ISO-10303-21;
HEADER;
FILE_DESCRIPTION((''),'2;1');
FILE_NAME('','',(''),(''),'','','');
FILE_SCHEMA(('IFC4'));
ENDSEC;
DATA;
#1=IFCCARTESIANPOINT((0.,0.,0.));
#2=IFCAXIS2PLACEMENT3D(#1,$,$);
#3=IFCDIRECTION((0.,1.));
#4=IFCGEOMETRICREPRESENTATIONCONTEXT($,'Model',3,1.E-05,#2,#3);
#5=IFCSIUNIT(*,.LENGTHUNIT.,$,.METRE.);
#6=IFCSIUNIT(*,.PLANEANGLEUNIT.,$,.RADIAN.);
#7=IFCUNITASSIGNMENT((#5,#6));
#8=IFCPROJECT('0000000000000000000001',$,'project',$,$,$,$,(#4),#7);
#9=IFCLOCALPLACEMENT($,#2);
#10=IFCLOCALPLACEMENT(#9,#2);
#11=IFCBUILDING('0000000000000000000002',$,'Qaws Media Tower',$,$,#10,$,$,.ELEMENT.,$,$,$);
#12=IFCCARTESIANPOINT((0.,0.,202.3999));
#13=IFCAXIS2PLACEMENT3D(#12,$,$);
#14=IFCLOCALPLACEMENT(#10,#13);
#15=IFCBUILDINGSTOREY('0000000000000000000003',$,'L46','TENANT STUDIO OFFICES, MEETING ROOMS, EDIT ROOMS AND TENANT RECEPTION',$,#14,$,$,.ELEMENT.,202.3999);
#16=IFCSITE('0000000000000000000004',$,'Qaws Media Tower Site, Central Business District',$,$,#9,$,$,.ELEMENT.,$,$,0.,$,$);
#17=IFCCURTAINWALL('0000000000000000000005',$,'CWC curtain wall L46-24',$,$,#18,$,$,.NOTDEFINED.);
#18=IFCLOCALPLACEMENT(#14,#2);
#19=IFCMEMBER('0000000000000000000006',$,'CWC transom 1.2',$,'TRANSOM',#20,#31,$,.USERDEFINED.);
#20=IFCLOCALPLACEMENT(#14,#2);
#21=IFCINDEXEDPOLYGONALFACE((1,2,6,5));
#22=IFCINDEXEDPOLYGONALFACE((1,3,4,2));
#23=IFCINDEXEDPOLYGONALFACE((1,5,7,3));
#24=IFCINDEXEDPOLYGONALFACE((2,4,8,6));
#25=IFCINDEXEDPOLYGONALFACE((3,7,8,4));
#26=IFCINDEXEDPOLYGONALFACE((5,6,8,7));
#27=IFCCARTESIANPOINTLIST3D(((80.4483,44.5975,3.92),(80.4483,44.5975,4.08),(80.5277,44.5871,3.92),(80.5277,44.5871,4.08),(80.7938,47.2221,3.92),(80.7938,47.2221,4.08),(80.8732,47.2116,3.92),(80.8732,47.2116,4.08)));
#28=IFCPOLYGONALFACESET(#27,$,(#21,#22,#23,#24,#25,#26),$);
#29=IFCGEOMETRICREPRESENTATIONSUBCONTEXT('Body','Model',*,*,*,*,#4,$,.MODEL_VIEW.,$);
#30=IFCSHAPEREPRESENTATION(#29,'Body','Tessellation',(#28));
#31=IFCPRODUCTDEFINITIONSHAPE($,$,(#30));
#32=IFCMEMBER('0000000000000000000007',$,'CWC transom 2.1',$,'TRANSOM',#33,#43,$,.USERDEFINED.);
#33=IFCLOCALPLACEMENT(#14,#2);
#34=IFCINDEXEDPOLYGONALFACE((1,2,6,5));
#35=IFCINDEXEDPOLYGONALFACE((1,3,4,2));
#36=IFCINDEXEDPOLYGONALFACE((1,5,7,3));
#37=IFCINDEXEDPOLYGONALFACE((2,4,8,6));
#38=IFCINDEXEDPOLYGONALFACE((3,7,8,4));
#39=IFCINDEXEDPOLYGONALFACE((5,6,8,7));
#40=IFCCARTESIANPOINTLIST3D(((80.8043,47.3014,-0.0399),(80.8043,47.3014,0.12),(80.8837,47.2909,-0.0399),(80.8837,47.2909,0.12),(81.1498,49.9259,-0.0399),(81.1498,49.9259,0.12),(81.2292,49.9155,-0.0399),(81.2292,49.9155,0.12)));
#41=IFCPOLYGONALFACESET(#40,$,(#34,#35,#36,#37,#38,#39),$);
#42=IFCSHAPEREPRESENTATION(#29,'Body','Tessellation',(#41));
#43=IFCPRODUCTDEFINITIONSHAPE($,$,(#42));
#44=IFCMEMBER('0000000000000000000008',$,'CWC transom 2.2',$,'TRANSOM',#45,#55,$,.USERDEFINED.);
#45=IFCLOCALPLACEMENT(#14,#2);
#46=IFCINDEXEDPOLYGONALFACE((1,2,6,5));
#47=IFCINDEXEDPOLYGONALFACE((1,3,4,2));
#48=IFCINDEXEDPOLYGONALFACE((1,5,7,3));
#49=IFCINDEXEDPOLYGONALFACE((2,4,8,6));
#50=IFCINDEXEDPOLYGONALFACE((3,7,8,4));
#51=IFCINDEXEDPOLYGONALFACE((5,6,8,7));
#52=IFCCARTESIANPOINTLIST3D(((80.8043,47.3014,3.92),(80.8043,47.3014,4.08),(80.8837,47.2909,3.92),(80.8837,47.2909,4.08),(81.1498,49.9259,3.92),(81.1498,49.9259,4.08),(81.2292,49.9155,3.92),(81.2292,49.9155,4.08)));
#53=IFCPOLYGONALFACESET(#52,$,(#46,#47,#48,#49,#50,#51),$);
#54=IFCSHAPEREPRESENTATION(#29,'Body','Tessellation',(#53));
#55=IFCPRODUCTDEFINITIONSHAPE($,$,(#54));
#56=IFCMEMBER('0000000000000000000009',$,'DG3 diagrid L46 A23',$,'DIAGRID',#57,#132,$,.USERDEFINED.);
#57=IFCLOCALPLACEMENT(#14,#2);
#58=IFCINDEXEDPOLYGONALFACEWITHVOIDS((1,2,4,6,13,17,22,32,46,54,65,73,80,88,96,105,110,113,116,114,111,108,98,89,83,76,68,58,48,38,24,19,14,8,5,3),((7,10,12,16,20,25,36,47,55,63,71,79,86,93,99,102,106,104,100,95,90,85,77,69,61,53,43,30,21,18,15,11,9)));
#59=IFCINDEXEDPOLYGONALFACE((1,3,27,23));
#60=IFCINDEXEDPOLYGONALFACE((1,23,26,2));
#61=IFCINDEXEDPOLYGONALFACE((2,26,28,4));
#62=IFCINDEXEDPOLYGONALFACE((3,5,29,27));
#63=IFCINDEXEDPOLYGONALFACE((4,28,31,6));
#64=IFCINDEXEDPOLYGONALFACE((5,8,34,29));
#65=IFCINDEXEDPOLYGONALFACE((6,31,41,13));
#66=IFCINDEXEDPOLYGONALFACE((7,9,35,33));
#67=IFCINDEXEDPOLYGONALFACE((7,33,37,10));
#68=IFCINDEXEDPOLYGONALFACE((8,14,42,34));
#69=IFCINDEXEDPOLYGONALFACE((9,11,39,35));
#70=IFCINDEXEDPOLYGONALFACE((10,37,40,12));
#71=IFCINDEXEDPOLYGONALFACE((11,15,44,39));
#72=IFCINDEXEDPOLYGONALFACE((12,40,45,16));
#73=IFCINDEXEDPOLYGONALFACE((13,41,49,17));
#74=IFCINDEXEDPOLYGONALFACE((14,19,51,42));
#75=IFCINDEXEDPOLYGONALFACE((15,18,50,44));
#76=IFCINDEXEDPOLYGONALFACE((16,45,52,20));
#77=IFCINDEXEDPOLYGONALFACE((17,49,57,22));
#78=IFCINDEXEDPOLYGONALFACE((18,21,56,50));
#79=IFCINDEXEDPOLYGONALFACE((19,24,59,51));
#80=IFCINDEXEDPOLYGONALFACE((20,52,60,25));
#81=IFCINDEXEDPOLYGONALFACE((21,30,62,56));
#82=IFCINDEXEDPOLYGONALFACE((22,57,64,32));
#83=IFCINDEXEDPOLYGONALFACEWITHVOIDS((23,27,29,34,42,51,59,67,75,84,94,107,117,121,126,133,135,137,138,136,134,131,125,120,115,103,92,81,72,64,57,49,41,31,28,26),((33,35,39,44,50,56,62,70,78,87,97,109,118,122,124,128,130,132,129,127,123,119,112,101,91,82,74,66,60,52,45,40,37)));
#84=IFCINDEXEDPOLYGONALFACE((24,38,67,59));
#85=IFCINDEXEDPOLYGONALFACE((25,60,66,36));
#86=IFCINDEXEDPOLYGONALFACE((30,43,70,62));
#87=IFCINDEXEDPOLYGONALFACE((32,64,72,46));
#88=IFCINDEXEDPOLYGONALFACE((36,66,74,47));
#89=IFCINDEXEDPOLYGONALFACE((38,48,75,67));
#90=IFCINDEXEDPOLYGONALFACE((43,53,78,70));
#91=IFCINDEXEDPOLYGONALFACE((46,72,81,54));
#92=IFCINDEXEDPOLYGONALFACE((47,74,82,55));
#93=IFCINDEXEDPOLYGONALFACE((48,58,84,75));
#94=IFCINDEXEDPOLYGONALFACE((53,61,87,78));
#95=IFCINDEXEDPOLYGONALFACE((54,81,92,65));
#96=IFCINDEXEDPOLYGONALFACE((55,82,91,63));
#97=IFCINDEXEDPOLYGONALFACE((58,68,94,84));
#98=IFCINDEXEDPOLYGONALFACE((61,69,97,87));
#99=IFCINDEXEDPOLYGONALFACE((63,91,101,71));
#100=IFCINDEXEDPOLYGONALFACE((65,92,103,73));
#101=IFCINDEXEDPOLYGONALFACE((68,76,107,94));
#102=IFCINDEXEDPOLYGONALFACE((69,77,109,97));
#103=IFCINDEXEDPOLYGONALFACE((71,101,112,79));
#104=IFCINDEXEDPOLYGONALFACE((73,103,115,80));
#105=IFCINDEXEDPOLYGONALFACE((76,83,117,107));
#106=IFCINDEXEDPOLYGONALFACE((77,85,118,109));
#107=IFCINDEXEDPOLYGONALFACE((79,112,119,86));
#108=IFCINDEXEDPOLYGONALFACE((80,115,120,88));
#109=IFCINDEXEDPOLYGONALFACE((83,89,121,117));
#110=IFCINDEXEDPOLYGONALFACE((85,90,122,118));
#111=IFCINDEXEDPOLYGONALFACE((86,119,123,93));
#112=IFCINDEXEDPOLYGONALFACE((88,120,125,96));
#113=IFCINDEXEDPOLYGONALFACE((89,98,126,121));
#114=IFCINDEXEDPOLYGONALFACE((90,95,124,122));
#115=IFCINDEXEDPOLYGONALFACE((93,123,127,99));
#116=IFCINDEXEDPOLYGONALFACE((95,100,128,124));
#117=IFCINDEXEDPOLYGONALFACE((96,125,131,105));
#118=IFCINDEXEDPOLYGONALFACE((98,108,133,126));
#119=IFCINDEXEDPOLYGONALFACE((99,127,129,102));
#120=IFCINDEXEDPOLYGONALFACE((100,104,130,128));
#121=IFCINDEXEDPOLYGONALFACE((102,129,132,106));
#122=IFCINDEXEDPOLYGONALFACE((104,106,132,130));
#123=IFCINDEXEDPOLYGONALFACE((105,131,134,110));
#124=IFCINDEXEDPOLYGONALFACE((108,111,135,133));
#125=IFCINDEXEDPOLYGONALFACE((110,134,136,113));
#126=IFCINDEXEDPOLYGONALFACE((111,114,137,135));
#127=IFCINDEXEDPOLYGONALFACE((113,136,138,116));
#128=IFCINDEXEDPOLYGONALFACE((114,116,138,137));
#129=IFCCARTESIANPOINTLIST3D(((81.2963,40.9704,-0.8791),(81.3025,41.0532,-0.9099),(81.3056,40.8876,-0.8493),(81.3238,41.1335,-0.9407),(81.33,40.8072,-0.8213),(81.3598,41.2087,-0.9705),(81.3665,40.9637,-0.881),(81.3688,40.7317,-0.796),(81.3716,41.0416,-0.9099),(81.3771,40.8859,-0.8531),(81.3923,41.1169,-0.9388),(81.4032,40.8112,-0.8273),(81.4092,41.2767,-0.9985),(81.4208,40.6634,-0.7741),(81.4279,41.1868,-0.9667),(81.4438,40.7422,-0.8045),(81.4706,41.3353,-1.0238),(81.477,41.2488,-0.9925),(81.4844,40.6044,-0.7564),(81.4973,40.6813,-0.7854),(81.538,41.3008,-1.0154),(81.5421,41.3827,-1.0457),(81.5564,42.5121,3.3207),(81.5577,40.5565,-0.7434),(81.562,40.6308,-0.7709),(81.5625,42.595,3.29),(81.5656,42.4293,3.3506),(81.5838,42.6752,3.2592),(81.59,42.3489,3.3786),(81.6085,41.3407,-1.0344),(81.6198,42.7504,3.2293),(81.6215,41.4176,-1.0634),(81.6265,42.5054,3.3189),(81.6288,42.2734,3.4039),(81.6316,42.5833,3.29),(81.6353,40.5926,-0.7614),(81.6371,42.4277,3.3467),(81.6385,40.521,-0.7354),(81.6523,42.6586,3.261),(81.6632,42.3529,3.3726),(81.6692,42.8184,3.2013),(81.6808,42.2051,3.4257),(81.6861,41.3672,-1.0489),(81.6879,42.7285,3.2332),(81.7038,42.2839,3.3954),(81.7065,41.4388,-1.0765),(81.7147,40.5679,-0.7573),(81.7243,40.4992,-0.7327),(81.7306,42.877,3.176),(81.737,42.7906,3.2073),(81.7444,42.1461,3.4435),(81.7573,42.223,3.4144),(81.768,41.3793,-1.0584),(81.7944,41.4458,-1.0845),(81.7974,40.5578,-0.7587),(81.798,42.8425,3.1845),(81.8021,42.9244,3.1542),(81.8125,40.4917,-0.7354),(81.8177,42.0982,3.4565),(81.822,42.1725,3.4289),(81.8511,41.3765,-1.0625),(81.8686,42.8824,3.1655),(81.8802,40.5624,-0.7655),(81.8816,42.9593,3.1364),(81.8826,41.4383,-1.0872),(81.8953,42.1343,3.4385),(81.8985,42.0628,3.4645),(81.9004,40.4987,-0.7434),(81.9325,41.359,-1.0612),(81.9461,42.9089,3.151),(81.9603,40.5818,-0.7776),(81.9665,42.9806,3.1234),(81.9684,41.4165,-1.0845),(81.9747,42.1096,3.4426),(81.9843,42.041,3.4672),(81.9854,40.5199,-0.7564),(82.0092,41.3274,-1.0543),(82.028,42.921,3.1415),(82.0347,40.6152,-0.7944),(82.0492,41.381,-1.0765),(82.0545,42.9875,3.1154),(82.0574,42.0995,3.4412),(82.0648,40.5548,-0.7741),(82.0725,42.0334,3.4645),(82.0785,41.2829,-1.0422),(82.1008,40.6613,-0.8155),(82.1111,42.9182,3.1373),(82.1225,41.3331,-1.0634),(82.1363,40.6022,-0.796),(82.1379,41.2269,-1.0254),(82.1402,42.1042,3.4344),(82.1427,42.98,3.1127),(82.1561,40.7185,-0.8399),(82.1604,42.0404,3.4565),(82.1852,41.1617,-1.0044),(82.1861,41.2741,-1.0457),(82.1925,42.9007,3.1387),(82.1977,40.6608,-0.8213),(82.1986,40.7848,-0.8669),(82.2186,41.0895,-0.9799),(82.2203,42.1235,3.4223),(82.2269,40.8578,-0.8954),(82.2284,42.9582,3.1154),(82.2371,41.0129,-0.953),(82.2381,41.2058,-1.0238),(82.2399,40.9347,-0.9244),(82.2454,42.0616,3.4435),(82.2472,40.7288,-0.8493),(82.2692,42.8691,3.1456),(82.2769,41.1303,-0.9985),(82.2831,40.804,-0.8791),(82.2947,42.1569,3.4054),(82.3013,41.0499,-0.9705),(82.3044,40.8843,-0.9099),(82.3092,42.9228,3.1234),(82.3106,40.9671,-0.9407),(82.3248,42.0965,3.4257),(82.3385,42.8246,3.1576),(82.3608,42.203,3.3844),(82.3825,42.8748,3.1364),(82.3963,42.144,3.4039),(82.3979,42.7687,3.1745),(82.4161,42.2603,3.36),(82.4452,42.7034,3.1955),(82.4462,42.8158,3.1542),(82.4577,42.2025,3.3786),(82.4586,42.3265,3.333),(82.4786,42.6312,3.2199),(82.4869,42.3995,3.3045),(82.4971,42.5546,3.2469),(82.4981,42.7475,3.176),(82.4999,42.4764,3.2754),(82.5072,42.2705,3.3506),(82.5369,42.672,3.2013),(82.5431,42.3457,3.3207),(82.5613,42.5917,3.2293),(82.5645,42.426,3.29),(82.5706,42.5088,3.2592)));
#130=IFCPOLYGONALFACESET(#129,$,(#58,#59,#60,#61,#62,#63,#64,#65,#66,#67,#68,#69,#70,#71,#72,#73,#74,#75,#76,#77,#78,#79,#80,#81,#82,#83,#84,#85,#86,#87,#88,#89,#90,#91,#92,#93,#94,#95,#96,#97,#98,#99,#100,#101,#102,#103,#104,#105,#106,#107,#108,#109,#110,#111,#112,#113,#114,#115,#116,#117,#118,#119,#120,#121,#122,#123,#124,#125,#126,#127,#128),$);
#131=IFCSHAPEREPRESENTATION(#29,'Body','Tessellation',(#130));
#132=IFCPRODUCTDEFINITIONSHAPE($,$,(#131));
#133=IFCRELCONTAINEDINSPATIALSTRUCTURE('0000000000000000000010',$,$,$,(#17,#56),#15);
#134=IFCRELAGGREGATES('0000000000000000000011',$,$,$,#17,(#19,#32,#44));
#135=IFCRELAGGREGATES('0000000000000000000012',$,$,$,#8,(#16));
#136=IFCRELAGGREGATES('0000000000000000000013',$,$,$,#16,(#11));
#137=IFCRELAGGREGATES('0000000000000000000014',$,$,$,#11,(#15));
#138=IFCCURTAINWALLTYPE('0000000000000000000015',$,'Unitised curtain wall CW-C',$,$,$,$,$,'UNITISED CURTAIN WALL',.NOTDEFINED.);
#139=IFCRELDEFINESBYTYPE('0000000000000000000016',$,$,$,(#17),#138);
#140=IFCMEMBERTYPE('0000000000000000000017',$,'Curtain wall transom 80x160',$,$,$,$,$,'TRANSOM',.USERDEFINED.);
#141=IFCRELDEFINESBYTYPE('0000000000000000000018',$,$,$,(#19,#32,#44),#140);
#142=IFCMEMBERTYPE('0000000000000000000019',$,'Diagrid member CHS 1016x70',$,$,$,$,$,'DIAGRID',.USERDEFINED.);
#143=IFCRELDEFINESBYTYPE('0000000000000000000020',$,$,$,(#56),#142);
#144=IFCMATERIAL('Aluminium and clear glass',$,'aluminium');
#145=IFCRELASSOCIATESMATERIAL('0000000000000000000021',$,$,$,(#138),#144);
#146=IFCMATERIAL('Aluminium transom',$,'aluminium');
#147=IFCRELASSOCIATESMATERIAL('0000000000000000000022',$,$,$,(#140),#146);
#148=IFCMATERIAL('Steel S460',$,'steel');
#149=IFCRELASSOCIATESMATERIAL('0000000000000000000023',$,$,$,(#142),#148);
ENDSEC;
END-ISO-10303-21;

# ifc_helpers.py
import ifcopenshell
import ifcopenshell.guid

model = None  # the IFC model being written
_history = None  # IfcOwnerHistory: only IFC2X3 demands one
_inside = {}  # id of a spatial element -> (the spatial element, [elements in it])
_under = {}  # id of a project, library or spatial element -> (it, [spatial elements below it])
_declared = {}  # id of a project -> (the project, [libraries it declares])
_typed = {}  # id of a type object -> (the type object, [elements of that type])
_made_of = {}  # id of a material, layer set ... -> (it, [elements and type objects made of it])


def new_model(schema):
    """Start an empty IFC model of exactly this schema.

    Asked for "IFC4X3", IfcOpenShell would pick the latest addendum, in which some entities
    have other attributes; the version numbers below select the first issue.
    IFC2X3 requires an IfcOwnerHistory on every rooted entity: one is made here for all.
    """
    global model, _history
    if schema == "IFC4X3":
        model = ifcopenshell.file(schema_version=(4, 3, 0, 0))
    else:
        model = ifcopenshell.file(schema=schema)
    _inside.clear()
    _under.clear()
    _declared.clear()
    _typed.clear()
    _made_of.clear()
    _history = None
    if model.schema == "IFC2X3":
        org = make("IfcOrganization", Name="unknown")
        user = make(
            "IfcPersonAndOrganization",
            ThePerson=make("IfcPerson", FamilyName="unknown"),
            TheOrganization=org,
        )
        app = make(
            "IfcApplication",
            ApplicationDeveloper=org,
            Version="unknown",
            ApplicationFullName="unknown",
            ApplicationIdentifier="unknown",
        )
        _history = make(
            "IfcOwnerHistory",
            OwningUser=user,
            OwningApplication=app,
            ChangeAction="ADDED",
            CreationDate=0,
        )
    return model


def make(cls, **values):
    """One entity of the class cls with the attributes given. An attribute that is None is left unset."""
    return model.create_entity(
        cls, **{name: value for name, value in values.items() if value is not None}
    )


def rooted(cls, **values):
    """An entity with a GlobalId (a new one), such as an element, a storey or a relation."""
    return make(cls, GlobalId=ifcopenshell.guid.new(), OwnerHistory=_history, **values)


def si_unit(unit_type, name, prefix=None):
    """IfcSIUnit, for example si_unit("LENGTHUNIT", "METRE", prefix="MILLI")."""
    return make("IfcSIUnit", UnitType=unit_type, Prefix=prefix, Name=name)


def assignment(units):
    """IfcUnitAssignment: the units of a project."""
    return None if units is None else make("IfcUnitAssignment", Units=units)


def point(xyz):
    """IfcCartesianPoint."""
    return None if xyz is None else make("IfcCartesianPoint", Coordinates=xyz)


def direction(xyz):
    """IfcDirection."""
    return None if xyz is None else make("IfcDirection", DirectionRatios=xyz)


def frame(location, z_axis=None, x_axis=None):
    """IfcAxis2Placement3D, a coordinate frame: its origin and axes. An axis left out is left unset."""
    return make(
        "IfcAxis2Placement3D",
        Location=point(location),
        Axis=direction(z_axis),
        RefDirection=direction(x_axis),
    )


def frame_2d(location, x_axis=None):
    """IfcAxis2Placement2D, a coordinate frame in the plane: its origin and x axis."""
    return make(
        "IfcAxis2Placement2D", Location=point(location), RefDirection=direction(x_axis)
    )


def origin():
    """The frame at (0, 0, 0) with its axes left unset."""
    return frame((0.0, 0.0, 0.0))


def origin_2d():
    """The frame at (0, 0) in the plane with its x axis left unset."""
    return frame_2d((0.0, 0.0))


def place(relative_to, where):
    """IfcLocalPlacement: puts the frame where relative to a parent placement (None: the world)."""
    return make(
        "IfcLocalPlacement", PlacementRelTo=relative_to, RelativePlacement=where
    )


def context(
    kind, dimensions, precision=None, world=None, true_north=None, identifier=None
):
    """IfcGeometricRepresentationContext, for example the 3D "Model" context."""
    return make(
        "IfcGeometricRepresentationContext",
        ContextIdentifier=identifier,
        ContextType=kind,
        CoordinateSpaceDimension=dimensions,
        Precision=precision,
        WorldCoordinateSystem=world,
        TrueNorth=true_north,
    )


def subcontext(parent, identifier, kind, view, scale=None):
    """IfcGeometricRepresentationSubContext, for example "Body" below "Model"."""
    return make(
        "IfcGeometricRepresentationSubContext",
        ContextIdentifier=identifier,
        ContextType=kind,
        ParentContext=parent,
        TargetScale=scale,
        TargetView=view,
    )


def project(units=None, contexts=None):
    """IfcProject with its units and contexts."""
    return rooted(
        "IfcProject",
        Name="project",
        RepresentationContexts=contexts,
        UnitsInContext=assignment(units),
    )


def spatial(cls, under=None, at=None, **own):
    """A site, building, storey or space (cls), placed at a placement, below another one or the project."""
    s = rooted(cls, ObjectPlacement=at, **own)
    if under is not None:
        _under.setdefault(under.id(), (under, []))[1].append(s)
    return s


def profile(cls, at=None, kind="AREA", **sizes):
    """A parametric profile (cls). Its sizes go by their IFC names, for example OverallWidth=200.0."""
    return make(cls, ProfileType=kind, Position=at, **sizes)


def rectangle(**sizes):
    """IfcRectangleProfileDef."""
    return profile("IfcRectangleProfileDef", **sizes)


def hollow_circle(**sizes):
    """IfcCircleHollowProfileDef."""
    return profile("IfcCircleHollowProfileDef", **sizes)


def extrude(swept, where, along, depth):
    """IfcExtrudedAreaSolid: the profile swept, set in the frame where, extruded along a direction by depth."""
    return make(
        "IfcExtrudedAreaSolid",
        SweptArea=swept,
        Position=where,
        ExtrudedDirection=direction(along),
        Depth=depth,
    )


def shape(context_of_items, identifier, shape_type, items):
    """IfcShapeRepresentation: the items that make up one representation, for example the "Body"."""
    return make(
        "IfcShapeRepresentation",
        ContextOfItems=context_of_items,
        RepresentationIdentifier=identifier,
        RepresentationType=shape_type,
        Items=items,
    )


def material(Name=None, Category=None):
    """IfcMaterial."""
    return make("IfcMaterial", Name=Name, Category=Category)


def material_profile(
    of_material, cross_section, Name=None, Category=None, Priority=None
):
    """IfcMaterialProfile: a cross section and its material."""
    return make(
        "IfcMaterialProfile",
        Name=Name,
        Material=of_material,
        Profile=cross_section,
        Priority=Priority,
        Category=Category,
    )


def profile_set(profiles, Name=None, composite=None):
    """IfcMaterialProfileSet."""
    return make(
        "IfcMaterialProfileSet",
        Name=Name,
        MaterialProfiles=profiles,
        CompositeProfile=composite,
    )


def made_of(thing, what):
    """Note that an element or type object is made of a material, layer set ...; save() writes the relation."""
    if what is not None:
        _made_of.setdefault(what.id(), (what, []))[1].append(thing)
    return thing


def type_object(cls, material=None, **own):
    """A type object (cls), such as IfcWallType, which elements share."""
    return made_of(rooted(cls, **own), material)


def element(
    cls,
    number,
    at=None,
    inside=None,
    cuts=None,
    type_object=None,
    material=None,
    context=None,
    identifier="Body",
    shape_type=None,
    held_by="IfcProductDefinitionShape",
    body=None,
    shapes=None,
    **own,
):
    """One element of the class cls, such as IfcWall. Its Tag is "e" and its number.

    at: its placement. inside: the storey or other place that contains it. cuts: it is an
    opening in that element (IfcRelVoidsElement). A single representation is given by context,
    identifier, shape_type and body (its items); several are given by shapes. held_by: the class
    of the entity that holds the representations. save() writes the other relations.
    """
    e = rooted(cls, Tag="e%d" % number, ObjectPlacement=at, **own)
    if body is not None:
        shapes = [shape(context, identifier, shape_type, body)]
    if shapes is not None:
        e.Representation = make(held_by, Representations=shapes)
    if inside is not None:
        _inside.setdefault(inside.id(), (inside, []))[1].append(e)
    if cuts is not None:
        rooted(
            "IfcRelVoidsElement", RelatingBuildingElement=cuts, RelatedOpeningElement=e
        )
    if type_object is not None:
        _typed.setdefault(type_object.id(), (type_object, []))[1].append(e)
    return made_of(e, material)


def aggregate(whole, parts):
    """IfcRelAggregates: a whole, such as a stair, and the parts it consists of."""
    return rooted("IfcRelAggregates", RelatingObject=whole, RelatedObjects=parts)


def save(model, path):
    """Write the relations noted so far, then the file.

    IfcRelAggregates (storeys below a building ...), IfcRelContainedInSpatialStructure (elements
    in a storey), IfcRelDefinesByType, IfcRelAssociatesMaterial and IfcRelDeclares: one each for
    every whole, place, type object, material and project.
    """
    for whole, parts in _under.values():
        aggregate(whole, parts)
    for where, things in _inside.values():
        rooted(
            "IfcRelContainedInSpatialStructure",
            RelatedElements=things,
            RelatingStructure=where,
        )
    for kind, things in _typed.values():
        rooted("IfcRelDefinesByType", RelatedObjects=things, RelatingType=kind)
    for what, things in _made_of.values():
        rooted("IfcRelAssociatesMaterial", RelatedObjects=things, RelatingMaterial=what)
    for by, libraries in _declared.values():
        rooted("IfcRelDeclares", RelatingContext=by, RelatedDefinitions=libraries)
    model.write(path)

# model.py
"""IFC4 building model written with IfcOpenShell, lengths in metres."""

from ifc_helpers import new_model, si_unit, direction, frame, origin, origin_2d, place, context, subcontext, project, spatial, rectangle, hollow_circle, extrude, material, material_profile, profile_set, type_object, element, aggregate, save


model = new_model("IFC4")

# Units and contexts
model_context = context("Model", 3, precision=1e-05, world=origin(), true_north=direction((0.0, 1.0)))
body_context = subcontext(model_context, "Body", "Model", "MODEL_VIEW")
ifc_project = project(units=[si_unit("LENGTHUNIT", "METRE"), si_unit("PLANEANGLEUNIT", "RADIAN")], contexts=[model_context])

# Site, building, storey
site_placement = place(None, origin())
site = spatial("IfcSite", under=ifc_project, at=site_placement, Name="Qaws Media Tower Site, Central Business District", CompositionType="ELEMENT", RefElevation=0.0)
building_placement = place(site_placement, origin())
building = spatial("IfcBuilding", under=site, at=building_placement, Name="Qaws Media Tower", CompositionType="ELEMENT")
storey_placement = place(building_placement, frame((0.0, 0.0, 202.3999)))
storey = spatial("IfcBuildingStorey", under=building, at=storey_placement, Name="L46", Description="TENANT STUDIO OFFICES, MEETING ROOMS, EDIT ROOMS AND TENANT RECEPTION", CompositionType="ELEMENT", Elevation=202.3999)

# Curtain wall
ifc_material_1 = material(Name="Aluminium and clear glass", Category="aluminium")
curtain_wall_type = type_object("IfcCurtainWallType", Name="Unitised curtain wall CW-C", ElementType="UNITISED CURTAIN WALL", PredefinedType="NOTDEFINED", material=ifc_material_1)
curtain_wall_1_placement = place(storey_placement, origin())
curtain_wall_1 = element("IfcCurtainWall", 1, at=curtain_wall_1_placement, inside=storey, type_object=curtain_wall_type, Name="CWC curtain wall L46-24", PredefinedType="NOTDEFINED")

# Members
ifc_material_2 = material(Name="Aluminium transom", Category="aluminium")
ifc_material_profile_1 = material_profile(ifc_material_2, rectangle(XDim=0.0801, YDim=0.1599, at=origin_2d()), Name="80x160")
ifc_profile_set_1 = profile_set([ifc_material_profile_1], Name="Aluminium transom")
member_type_1 = type_object("IfcMemberType", Name="Curtain wall transom 80x160", ElementType="TRANSOM", PredefinedType="USERDEFINED", material=ifc_profile_set_1)
member_1_placement = place(storey_placement, frame((80.488, 44.5923, 4.0), z_axis=(0.130502, 0.991448, 0.0), x_axis=(-0.991448, 0.130502, 0.0)))
member_1 = element("IfcMember", 2, at=member_1_placement, type_object=member_type_1, Name="CWC transom 1.2", ObjectType="TRANSOM", PredefinedType="USERDEFINED", context=body_context, shape_type="SweptSolid", body=[
    extrude(rectangle(XDim=0.0801, YDim=0.1599, at=origin_2d()), origin(), (0.0, 0.0, 1.0), 2.6472),
])
member_2_placement = place(storey_placement, frame((80.844, 47.2961, 0.04), z_axis=(0.130502, 0.991448, 0.0), x_axis=(-0.991448, 0.130502, 0.0)))
member_2 = element("IfcMember", 3, at=member_2_placement, type_object=member_type_1, Name="CWC transom 2.1", ObjectType="TRANSOM", PredefinedType="USERDEFINED", context=body_context, shape_type="SweptSolid", body=[
    extrude(rectangle(XDim=0.0801, YDim=0.1599, at=origin_2d()), origin(), (0.0, 0.0, 1.0), 2.6472),
])
member_3_placement = place(storey_placement, frame((80.844, 47.2961, 4.0), z_axis=(0.130502, 0.991448, 0.0), x_axis=(-0.991448, 0.130502, 0.0)))
member_3 = element("IfcMember", 4, at=member_3_placement, type_object=member_type_1, Name="CWC transom 2.2", ObjectType="TRANSOM", PredefinedType="USERDEFINED", context=body_context, shape_type="SweptSolid", body=[
    extrude(rectangle(XDim=0.0801, YDim=0.1599, at=origin_2d()), origin(), (0.0, 0.0, 1.0), 2.6472),
])

# Member
ifc_material_3 = material(Name="Steel S460", Category="steel")
ifc_material_profile_2 = material_profile(ifc_material_3, hollow_circle(Radius=0.5081, WallThickness=0.0701, at=origin_2d()), Name="CHS 1016x70")
ifc_profile_set_2 = profile_set([ifc_material_profile_2], Name="Steel S460")
member_type_2 = type_object("IfcMemberType", Name="Diagrid member CHS 1016x70", ElementType="DIAGRID", PredefinedType="USERDEFINED", material=ifc_profile_set_2)
for number, where, z_axis, x_axis, name in (
    (5, (81.8035, 40.9688, -0.9099), (0.058018, 0.344022, 0.937167), (-0.986076, 0.166298, 0.0), "DG3 diagrid L46 A23"),
):
    element("IfcMember", number, at=place(storey_placement, frame(where, z_axis=z_axis, x_axis=x_axis)), inside=storey, type_object=member_type_2, Name=name, ObjectType="DIAGRID", PredefinedType="USERDEFINED", context=body_context, shape_type="SweptSolid", body=[
        extrude(hollow_circle(Radius=0.5081, WallThickness=0.0701, at=origin_2d()), origin(), (0.0, 0.0, 1.0), 4.4814),
    ])

aggregate(curtain_wall_1, [member_1, member_2, member_3])

save(model, "model.ifc")
